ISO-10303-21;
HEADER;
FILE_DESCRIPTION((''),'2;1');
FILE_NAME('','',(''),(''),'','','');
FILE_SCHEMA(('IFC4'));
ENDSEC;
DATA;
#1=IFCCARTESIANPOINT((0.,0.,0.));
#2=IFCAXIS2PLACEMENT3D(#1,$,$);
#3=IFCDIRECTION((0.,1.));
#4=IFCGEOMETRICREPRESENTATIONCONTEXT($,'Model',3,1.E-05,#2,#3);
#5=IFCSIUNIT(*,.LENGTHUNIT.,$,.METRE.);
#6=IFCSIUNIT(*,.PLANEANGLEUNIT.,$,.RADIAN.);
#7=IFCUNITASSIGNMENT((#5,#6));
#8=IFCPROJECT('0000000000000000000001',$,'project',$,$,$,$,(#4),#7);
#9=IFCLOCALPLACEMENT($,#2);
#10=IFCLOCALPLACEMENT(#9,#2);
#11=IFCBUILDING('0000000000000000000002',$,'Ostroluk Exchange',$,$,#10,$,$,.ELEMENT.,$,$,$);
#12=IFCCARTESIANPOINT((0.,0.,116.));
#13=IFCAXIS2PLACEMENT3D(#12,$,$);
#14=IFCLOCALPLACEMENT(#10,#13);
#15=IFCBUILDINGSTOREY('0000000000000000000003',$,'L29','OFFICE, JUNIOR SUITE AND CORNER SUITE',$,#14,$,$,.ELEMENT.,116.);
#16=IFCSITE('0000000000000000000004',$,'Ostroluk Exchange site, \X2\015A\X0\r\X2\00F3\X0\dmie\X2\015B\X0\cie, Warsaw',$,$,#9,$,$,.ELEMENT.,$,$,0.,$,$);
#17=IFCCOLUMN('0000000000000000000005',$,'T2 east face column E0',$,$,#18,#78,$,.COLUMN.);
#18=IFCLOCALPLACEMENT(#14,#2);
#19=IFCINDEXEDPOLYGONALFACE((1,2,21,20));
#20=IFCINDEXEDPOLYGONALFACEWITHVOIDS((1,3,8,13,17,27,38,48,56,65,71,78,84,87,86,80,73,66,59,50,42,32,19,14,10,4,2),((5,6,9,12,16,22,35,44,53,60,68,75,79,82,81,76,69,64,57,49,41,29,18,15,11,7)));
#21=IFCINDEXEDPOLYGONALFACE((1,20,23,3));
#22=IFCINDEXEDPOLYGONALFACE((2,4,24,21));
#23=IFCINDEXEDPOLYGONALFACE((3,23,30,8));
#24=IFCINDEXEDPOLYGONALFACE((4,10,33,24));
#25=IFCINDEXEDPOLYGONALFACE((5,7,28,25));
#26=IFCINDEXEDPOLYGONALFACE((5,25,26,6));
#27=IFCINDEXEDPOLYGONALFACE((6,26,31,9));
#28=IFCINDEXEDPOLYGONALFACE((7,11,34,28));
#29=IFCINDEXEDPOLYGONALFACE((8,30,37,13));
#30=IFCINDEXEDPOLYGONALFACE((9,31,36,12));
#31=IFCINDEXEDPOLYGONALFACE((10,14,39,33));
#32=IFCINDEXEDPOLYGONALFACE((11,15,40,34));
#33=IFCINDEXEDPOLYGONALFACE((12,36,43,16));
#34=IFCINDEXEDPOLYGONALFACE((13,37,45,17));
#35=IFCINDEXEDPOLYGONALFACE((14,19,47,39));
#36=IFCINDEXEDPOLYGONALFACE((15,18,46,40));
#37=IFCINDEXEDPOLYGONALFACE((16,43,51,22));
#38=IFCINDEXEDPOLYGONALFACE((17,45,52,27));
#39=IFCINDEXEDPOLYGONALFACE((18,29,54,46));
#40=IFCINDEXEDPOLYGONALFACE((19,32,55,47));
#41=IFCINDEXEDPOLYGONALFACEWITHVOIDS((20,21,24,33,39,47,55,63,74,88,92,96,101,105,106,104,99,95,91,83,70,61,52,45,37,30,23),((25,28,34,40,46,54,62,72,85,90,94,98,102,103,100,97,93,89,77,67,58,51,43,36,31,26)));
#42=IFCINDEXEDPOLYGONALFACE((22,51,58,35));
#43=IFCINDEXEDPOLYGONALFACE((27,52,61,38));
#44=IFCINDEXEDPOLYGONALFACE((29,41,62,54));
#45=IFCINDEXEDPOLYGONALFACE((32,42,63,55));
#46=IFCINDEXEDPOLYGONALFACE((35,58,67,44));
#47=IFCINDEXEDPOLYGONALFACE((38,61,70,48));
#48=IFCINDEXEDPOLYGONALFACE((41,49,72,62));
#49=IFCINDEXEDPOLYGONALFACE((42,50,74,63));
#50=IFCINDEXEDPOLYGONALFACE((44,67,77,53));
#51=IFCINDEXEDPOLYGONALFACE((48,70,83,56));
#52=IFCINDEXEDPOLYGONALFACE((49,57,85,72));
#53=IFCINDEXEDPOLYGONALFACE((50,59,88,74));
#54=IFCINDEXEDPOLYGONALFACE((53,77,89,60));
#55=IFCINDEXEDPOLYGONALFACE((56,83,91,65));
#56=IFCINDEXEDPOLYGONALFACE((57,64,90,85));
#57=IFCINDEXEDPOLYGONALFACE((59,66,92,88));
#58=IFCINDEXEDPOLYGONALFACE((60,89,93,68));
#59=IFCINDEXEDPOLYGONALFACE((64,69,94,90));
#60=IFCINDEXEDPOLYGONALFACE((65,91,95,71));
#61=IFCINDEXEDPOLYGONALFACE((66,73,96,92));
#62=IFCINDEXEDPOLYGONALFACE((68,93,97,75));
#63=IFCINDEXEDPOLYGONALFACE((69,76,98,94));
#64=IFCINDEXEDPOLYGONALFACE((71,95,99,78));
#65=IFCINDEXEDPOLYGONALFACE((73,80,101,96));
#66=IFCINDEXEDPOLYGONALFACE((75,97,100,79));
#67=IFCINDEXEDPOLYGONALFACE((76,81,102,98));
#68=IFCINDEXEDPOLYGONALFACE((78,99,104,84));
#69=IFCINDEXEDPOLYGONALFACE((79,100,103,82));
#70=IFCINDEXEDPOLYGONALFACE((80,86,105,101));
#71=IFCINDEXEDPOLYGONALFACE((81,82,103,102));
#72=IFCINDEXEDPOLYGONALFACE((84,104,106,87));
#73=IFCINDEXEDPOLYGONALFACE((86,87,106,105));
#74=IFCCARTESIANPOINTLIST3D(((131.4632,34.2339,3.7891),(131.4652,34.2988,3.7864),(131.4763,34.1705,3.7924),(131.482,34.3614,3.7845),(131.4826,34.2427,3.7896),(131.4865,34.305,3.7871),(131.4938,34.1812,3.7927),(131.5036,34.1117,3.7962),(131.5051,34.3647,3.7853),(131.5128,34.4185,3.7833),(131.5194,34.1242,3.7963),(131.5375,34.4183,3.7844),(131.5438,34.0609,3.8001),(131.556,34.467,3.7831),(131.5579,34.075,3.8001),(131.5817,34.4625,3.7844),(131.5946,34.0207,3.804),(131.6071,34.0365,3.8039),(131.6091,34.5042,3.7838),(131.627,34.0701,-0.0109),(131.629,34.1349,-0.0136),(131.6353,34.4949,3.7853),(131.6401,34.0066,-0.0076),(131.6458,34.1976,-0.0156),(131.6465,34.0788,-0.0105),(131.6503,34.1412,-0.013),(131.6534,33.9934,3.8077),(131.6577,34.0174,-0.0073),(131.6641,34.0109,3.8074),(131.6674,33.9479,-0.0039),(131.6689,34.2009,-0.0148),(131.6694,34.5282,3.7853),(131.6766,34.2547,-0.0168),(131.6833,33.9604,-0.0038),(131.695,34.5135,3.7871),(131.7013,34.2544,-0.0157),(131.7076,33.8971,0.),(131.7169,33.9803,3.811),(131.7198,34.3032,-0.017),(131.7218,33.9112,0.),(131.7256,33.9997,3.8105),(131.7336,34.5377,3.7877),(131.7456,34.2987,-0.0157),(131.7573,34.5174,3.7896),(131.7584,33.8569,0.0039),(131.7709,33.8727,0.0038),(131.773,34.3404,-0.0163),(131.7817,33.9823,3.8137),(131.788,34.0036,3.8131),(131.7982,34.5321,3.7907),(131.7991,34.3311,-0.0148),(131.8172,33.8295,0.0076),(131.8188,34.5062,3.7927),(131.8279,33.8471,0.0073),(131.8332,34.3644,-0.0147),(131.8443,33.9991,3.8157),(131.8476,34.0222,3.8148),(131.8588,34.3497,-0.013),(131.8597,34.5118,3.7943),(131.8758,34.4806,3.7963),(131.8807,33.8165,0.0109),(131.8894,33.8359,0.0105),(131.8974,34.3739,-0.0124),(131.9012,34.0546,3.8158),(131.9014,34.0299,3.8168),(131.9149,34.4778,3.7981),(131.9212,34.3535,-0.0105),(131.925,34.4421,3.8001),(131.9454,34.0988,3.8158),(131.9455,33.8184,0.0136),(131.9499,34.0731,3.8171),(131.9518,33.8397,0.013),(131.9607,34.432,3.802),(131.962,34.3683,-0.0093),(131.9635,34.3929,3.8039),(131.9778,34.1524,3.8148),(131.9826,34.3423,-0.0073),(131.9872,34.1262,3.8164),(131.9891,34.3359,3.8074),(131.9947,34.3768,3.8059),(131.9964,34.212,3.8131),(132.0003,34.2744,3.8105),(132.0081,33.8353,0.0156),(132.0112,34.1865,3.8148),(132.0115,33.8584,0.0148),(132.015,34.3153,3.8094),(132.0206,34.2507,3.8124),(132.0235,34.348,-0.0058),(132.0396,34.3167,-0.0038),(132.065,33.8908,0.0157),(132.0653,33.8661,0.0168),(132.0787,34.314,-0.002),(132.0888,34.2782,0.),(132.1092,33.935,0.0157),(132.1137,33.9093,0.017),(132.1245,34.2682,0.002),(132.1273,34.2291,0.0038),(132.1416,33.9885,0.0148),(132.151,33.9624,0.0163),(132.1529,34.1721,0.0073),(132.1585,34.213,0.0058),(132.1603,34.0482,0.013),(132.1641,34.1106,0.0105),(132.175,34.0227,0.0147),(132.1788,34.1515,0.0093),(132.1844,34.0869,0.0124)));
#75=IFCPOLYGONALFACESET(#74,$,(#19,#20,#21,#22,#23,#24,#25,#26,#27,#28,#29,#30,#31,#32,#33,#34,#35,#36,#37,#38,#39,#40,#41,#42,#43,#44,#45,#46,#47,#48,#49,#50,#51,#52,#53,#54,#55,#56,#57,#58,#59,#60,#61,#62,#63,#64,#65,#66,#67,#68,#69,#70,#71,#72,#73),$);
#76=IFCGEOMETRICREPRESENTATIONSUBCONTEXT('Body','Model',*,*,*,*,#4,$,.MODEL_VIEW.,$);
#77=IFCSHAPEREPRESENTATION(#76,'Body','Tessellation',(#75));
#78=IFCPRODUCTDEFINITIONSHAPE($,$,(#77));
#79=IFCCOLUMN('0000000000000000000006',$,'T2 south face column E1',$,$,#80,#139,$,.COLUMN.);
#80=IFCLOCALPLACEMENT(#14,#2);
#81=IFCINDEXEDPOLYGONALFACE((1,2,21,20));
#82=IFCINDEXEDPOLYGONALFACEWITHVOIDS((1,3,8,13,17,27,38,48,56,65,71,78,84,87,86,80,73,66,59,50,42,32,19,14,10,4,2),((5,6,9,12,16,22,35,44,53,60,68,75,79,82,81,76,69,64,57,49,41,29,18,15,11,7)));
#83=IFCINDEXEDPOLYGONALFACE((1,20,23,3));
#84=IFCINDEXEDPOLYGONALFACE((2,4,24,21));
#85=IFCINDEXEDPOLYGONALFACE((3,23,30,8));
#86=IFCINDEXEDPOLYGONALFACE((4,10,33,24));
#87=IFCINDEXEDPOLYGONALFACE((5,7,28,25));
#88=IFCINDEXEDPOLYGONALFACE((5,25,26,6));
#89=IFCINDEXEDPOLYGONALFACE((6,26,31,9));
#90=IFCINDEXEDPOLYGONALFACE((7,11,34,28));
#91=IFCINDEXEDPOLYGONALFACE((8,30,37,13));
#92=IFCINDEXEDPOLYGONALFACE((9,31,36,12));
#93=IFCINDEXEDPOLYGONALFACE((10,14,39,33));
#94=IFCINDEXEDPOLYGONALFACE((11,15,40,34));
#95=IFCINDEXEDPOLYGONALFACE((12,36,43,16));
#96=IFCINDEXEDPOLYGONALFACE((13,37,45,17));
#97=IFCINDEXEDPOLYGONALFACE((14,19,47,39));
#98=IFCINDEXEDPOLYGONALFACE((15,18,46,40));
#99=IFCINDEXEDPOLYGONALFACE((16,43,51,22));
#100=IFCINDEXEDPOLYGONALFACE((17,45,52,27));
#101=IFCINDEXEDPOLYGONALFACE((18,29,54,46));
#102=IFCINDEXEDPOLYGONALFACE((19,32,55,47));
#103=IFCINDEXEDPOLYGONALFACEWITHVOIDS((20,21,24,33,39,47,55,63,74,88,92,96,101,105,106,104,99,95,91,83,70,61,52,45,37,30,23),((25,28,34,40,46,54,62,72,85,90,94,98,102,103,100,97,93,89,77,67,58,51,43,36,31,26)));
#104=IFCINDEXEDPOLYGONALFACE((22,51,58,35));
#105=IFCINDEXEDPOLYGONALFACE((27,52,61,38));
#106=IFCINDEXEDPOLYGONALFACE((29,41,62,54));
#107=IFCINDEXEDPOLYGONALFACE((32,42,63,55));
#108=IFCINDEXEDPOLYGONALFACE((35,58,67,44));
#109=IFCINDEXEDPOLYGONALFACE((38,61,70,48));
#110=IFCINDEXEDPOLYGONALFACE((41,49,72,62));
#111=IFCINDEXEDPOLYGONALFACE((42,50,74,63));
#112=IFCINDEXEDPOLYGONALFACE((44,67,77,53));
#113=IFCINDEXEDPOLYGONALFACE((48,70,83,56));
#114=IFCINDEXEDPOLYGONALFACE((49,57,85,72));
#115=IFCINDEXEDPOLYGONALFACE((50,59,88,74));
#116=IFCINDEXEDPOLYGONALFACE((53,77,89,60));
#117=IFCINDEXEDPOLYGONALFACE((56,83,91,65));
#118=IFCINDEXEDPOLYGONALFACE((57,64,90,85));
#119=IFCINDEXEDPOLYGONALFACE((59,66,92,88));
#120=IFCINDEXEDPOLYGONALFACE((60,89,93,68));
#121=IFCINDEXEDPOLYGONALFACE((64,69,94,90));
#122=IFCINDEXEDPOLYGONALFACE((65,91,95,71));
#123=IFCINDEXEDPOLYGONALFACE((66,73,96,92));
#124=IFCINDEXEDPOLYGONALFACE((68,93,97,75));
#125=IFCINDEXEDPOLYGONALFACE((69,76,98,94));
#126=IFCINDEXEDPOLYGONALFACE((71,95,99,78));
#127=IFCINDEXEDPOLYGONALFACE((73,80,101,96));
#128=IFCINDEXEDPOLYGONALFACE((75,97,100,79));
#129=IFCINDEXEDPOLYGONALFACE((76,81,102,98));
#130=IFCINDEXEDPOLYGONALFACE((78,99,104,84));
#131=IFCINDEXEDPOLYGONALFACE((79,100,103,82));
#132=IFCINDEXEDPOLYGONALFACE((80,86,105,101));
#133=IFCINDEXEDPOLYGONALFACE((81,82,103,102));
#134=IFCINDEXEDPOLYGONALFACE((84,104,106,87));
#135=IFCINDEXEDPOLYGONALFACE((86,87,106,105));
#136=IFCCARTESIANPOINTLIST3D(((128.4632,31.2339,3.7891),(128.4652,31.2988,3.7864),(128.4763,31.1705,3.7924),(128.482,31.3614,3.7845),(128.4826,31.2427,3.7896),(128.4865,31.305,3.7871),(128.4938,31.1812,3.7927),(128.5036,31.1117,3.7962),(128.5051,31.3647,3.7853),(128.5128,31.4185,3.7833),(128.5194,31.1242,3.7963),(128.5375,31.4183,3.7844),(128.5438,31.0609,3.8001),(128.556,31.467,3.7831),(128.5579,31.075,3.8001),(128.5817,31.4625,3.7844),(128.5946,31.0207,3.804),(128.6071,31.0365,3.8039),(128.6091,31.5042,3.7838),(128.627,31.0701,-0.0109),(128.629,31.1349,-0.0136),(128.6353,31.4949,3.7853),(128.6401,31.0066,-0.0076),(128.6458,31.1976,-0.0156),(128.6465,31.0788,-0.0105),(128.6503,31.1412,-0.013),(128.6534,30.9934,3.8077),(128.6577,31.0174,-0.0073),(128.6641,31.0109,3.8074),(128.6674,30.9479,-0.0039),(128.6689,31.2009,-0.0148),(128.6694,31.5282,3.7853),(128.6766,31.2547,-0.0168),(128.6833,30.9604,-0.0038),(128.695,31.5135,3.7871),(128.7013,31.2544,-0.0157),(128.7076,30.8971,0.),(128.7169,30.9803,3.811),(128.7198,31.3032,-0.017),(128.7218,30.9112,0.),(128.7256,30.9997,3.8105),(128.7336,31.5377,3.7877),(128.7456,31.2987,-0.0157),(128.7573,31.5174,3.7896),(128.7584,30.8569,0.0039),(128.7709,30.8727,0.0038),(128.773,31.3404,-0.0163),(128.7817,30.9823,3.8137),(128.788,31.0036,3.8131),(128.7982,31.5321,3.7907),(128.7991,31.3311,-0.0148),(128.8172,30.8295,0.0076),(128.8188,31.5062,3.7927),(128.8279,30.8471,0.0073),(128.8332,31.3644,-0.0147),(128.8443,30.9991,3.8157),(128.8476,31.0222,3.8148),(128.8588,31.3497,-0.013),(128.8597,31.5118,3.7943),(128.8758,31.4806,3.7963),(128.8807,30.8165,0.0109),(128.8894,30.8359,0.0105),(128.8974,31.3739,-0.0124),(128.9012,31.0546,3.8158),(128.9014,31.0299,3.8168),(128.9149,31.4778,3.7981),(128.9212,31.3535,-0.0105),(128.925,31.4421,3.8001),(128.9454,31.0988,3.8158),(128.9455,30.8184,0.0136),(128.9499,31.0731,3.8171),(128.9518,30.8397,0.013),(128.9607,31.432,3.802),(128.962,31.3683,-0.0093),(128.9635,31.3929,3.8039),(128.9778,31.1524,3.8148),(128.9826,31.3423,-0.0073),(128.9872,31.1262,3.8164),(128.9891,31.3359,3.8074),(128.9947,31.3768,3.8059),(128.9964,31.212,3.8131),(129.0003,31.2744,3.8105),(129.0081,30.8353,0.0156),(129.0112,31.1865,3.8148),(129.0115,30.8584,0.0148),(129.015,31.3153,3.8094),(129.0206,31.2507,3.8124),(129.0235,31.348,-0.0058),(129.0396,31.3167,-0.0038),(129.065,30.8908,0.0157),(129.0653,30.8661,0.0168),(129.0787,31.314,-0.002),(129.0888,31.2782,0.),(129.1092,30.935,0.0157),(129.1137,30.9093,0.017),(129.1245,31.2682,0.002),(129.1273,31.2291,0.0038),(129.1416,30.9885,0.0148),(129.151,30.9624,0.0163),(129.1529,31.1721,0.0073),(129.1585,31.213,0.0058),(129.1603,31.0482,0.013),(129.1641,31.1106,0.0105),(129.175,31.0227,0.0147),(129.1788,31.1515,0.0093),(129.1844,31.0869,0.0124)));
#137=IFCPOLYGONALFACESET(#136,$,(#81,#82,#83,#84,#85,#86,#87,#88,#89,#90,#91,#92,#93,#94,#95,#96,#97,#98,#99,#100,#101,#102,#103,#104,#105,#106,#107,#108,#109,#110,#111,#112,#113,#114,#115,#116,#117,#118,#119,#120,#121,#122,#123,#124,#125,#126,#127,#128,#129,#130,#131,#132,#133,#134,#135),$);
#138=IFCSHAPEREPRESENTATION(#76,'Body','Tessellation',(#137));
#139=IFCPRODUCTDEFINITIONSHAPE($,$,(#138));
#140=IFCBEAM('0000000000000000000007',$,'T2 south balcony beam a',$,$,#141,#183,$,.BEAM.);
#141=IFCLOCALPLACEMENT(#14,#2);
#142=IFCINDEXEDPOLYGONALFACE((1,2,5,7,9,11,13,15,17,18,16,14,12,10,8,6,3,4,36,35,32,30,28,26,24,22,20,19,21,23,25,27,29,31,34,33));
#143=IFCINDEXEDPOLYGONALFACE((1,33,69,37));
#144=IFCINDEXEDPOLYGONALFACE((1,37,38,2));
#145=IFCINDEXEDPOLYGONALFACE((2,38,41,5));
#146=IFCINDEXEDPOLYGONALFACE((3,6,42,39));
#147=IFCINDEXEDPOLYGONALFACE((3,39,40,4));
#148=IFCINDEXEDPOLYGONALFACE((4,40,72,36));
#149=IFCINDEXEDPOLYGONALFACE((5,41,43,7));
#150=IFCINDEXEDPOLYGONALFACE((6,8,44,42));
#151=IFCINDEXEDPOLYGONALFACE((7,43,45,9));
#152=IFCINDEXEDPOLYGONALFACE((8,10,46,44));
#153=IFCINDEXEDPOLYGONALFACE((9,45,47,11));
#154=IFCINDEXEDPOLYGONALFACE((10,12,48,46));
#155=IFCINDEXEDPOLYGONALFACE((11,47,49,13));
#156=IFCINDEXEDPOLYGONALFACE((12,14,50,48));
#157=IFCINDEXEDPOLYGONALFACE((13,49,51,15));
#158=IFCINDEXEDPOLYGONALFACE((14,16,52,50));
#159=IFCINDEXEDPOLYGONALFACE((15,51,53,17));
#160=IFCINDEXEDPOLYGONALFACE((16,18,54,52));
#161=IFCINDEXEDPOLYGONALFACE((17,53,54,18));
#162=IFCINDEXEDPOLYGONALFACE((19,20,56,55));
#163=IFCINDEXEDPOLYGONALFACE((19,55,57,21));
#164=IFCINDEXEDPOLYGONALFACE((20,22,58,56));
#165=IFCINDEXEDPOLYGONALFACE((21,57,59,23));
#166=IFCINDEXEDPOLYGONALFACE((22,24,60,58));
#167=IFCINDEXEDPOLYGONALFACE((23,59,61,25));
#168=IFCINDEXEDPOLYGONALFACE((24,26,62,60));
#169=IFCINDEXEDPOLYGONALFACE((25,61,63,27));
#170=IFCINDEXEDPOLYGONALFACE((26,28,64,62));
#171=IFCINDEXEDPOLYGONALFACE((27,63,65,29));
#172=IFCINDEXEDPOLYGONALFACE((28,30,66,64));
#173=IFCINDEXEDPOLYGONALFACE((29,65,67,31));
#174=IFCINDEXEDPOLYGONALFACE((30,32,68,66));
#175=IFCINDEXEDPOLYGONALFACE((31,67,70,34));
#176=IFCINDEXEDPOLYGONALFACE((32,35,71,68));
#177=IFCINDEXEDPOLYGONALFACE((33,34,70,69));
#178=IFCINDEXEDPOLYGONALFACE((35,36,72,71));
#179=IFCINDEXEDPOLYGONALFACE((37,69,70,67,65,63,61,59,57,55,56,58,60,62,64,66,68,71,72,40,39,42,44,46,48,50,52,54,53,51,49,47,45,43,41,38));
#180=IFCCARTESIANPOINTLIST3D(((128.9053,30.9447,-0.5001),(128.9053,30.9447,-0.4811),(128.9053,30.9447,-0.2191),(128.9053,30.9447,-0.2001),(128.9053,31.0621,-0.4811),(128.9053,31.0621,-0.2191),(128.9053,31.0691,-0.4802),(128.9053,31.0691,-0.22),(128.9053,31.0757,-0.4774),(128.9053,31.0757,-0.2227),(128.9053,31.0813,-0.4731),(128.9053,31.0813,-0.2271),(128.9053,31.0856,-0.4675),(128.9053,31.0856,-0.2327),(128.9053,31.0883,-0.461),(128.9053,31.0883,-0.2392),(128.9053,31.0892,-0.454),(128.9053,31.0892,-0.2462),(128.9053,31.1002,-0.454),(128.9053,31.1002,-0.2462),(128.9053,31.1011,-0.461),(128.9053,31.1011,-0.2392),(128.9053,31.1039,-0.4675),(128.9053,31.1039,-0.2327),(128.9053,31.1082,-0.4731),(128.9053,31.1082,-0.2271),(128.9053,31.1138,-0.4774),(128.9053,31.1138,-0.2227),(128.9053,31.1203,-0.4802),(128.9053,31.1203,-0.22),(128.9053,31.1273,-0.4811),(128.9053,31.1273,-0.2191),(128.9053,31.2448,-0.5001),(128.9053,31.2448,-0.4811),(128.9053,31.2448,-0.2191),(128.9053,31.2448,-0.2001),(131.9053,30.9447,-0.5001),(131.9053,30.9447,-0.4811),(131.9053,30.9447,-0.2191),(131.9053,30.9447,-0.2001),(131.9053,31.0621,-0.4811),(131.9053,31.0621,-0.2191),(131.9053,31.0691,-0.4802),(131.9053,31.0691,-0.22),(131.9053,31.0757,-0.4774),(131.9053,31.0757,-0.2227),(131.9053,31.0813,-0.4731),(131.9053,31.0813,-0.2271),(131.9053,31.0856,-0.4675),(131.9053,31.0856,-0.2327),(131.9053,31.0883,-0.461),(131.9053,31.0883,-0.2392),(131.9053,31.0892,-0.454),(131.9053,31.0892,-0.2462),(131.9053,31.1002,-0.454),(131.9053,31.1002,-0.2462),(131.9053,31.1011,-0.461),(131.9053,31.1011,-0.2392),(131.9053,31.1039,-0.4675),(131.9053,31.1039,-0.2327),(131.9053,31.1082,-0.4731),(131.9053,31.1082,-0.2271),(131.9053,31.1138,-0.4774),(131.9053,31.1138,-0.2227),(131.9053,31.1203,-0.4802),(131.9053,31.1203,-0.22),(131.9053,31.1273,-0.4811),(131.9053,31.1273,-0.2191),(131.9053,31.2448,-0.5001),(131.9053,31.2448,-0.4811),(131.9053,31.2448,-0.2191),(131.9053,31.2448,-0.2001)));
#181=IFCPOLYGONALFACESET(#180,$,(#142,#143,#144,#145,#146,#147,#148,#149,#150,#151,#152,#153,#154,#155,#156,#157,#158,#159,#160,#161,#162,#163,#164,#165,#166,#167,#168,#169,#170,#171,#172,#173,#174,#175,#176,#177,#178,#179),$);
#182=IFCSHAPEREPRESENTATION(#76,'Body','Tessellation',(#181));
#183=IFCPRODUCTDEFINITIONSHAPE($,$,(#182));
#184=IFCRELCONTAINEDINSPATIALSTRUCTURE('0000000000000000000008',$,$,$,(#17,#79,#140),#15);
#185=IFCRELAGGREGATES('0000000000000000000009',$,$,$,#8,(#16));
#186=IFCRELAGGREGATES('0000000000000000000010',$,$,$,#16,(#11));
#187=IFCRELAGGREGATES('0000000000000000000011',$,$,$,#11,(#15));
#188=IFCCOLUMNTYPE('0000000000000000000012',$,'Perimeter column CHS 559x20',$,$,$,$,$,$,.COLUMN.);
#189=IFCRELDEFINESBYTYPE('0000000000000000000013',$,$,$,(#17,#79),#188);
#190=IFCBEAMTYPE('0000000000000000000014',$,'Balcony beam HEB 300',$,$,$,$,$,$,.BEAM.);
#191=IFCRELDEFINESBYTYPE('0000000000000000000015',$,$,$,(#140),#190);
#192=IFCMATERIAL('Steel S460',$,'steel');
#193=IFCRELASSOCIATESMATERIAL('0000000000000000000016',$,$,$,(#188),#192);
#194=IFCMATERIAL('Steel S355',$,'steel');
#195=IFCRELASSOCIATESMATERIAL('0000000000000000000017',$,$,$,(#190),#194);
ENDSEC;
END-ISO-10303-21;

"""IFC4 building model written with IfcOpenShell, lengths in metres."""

from ifc_helpers import new_model, si_unit, direction, frame, origin, origin_2d, place, context, subcontext, project, spatial, hollow_circle, i_section, extrude, material, material_profile, profile_set, type_object, element, save


model = new_model("IFC4")

# Units and contexts
model_context = context("Model", 3, precision=1e-05, world=origin(), true_north=direction((0.0, 1.0)))
body_context = subcontext(model_context, "Body", "Model", "MODEL_VIEW")
ifc_project = project(units=[si_unit("LENGTHUNIT", "METRE"), si_unit("PLANEANGLEUNIT", "RADIAN")], contexts=[model_context])

# Site, building, storey
site_placement = place(None, origin())
site = spatial("IfcSite", under=ifc_project, at=site_placement, Name="Ostroluk Exchange site, Śródmieście, Warsaw", CompositionType="ELEMENT", RefElevation=0.0)
building_placement = place(site_placement, origin())
building = spatial("IfcBuilding", under=site, at=building_placement, Name="Ostroluk Exchange", CompositionType="ELEMENT")
storey_placement = place(building_placement, frame((0.0, 0.0, 116.0)))
storey = spatial("IfcBuildingStorey", under=building, at=storey_placement, Name="L29", Description="OFFICE, JUNIOR SUITE AND CORNER SUITE", CompositionType="ELEMENT", Elevation=116.0)

# Columns
ifc_material_1 = material(Name="Steel S460", Category="steel")
ifc_material_profile_1 = material_profile(ifc_material_1, hollow_circle(Radius=0.2795, WallThickness=0.02, at=origin_2d()), Name="CHS 559x20")
ifc_profile_set_1 = profile_set([ifc_material_profile_1], Name="Steel S460")
column_type = type_object("IfcColumnType", Name="Perimeter column CHS 559x20", PredefinedType="COLUMN", material=ifc_profile_set_1)
for number, where, z_axis, x_axis, name in (
    (1, (131.9053, 34.0947, 0.0), (-0.04303, 0.04303, 0.998147), (-0.707107, -0.707107, 0.0), "T2 east face column E0"),
    (2, (128.9053, 31.0947, 0.0), (-0.04303, 0.04303, 0.998147), (-0.707107, -0.707107, 0.0), "T2 south face column E1"),
):
    element("IfcColumn", number, at=place(storey_placement, frame(where, z_axis=z_axis, x_axis=x_axis)), inside=storey, type_object=column_type, Name=name, PredefinedType="COLUMN", context=body_context, shape_type="SweptSolid", body=[
        extrude(hollow_circle(Radius=0.2795, WallThickness=0.02, at=origin_2d()), origin(), (0.0, 0.0, 1.0), 3.8071),
    ])

# Beam
ifc_material_2 = material(Name="Steel S355", Category="steel")
ifc_material_profile_2 = material_profile(ifc_material_2, i_section(OverallWidth=0.3, OverallDepth=0.3, WebThickness=0.011, FlangeThickness=0.019, FilletRadius=0.0271, at=origin_2d()), Name="HEB 300")
ifc_profile_set_2 = profile_set([ifc_material_profile_2], Name="Steel S355")
beam_type_1 = type_object("IfcBeamType", Name="Balcony beam HEB 300", PredefinedType="BEAM", material=ifc_profile_set_2)
for number, where, z_axis, x_axis, name in (
    (3, (128.9053, 31.0947, -0.3501), (1.0, 0.0, 0.0), (0.0, 1.0, 0.0), "T2 south balcony beam a"),
):
    element("IfcBeam", number, at=place(storey_placement, frame(where, z_axis=z_axis, x_axis=x_axis)), inside=storey, type_object=beam_type_1, Name=name, PredefinedType="BEAM", context=body_context, shape_type="SweptSolid", body=[
        extrude(i_section(OverallWidth=0.3, OverallDepth=0.3, WebThickness=0.011, FlangeThickness=0.019, FilletRadius=0.0271, at=origin_2d()), origin(), (0.0, 0.0, 1.0), 3.0),
    ])

save(model, "model.ifc")
